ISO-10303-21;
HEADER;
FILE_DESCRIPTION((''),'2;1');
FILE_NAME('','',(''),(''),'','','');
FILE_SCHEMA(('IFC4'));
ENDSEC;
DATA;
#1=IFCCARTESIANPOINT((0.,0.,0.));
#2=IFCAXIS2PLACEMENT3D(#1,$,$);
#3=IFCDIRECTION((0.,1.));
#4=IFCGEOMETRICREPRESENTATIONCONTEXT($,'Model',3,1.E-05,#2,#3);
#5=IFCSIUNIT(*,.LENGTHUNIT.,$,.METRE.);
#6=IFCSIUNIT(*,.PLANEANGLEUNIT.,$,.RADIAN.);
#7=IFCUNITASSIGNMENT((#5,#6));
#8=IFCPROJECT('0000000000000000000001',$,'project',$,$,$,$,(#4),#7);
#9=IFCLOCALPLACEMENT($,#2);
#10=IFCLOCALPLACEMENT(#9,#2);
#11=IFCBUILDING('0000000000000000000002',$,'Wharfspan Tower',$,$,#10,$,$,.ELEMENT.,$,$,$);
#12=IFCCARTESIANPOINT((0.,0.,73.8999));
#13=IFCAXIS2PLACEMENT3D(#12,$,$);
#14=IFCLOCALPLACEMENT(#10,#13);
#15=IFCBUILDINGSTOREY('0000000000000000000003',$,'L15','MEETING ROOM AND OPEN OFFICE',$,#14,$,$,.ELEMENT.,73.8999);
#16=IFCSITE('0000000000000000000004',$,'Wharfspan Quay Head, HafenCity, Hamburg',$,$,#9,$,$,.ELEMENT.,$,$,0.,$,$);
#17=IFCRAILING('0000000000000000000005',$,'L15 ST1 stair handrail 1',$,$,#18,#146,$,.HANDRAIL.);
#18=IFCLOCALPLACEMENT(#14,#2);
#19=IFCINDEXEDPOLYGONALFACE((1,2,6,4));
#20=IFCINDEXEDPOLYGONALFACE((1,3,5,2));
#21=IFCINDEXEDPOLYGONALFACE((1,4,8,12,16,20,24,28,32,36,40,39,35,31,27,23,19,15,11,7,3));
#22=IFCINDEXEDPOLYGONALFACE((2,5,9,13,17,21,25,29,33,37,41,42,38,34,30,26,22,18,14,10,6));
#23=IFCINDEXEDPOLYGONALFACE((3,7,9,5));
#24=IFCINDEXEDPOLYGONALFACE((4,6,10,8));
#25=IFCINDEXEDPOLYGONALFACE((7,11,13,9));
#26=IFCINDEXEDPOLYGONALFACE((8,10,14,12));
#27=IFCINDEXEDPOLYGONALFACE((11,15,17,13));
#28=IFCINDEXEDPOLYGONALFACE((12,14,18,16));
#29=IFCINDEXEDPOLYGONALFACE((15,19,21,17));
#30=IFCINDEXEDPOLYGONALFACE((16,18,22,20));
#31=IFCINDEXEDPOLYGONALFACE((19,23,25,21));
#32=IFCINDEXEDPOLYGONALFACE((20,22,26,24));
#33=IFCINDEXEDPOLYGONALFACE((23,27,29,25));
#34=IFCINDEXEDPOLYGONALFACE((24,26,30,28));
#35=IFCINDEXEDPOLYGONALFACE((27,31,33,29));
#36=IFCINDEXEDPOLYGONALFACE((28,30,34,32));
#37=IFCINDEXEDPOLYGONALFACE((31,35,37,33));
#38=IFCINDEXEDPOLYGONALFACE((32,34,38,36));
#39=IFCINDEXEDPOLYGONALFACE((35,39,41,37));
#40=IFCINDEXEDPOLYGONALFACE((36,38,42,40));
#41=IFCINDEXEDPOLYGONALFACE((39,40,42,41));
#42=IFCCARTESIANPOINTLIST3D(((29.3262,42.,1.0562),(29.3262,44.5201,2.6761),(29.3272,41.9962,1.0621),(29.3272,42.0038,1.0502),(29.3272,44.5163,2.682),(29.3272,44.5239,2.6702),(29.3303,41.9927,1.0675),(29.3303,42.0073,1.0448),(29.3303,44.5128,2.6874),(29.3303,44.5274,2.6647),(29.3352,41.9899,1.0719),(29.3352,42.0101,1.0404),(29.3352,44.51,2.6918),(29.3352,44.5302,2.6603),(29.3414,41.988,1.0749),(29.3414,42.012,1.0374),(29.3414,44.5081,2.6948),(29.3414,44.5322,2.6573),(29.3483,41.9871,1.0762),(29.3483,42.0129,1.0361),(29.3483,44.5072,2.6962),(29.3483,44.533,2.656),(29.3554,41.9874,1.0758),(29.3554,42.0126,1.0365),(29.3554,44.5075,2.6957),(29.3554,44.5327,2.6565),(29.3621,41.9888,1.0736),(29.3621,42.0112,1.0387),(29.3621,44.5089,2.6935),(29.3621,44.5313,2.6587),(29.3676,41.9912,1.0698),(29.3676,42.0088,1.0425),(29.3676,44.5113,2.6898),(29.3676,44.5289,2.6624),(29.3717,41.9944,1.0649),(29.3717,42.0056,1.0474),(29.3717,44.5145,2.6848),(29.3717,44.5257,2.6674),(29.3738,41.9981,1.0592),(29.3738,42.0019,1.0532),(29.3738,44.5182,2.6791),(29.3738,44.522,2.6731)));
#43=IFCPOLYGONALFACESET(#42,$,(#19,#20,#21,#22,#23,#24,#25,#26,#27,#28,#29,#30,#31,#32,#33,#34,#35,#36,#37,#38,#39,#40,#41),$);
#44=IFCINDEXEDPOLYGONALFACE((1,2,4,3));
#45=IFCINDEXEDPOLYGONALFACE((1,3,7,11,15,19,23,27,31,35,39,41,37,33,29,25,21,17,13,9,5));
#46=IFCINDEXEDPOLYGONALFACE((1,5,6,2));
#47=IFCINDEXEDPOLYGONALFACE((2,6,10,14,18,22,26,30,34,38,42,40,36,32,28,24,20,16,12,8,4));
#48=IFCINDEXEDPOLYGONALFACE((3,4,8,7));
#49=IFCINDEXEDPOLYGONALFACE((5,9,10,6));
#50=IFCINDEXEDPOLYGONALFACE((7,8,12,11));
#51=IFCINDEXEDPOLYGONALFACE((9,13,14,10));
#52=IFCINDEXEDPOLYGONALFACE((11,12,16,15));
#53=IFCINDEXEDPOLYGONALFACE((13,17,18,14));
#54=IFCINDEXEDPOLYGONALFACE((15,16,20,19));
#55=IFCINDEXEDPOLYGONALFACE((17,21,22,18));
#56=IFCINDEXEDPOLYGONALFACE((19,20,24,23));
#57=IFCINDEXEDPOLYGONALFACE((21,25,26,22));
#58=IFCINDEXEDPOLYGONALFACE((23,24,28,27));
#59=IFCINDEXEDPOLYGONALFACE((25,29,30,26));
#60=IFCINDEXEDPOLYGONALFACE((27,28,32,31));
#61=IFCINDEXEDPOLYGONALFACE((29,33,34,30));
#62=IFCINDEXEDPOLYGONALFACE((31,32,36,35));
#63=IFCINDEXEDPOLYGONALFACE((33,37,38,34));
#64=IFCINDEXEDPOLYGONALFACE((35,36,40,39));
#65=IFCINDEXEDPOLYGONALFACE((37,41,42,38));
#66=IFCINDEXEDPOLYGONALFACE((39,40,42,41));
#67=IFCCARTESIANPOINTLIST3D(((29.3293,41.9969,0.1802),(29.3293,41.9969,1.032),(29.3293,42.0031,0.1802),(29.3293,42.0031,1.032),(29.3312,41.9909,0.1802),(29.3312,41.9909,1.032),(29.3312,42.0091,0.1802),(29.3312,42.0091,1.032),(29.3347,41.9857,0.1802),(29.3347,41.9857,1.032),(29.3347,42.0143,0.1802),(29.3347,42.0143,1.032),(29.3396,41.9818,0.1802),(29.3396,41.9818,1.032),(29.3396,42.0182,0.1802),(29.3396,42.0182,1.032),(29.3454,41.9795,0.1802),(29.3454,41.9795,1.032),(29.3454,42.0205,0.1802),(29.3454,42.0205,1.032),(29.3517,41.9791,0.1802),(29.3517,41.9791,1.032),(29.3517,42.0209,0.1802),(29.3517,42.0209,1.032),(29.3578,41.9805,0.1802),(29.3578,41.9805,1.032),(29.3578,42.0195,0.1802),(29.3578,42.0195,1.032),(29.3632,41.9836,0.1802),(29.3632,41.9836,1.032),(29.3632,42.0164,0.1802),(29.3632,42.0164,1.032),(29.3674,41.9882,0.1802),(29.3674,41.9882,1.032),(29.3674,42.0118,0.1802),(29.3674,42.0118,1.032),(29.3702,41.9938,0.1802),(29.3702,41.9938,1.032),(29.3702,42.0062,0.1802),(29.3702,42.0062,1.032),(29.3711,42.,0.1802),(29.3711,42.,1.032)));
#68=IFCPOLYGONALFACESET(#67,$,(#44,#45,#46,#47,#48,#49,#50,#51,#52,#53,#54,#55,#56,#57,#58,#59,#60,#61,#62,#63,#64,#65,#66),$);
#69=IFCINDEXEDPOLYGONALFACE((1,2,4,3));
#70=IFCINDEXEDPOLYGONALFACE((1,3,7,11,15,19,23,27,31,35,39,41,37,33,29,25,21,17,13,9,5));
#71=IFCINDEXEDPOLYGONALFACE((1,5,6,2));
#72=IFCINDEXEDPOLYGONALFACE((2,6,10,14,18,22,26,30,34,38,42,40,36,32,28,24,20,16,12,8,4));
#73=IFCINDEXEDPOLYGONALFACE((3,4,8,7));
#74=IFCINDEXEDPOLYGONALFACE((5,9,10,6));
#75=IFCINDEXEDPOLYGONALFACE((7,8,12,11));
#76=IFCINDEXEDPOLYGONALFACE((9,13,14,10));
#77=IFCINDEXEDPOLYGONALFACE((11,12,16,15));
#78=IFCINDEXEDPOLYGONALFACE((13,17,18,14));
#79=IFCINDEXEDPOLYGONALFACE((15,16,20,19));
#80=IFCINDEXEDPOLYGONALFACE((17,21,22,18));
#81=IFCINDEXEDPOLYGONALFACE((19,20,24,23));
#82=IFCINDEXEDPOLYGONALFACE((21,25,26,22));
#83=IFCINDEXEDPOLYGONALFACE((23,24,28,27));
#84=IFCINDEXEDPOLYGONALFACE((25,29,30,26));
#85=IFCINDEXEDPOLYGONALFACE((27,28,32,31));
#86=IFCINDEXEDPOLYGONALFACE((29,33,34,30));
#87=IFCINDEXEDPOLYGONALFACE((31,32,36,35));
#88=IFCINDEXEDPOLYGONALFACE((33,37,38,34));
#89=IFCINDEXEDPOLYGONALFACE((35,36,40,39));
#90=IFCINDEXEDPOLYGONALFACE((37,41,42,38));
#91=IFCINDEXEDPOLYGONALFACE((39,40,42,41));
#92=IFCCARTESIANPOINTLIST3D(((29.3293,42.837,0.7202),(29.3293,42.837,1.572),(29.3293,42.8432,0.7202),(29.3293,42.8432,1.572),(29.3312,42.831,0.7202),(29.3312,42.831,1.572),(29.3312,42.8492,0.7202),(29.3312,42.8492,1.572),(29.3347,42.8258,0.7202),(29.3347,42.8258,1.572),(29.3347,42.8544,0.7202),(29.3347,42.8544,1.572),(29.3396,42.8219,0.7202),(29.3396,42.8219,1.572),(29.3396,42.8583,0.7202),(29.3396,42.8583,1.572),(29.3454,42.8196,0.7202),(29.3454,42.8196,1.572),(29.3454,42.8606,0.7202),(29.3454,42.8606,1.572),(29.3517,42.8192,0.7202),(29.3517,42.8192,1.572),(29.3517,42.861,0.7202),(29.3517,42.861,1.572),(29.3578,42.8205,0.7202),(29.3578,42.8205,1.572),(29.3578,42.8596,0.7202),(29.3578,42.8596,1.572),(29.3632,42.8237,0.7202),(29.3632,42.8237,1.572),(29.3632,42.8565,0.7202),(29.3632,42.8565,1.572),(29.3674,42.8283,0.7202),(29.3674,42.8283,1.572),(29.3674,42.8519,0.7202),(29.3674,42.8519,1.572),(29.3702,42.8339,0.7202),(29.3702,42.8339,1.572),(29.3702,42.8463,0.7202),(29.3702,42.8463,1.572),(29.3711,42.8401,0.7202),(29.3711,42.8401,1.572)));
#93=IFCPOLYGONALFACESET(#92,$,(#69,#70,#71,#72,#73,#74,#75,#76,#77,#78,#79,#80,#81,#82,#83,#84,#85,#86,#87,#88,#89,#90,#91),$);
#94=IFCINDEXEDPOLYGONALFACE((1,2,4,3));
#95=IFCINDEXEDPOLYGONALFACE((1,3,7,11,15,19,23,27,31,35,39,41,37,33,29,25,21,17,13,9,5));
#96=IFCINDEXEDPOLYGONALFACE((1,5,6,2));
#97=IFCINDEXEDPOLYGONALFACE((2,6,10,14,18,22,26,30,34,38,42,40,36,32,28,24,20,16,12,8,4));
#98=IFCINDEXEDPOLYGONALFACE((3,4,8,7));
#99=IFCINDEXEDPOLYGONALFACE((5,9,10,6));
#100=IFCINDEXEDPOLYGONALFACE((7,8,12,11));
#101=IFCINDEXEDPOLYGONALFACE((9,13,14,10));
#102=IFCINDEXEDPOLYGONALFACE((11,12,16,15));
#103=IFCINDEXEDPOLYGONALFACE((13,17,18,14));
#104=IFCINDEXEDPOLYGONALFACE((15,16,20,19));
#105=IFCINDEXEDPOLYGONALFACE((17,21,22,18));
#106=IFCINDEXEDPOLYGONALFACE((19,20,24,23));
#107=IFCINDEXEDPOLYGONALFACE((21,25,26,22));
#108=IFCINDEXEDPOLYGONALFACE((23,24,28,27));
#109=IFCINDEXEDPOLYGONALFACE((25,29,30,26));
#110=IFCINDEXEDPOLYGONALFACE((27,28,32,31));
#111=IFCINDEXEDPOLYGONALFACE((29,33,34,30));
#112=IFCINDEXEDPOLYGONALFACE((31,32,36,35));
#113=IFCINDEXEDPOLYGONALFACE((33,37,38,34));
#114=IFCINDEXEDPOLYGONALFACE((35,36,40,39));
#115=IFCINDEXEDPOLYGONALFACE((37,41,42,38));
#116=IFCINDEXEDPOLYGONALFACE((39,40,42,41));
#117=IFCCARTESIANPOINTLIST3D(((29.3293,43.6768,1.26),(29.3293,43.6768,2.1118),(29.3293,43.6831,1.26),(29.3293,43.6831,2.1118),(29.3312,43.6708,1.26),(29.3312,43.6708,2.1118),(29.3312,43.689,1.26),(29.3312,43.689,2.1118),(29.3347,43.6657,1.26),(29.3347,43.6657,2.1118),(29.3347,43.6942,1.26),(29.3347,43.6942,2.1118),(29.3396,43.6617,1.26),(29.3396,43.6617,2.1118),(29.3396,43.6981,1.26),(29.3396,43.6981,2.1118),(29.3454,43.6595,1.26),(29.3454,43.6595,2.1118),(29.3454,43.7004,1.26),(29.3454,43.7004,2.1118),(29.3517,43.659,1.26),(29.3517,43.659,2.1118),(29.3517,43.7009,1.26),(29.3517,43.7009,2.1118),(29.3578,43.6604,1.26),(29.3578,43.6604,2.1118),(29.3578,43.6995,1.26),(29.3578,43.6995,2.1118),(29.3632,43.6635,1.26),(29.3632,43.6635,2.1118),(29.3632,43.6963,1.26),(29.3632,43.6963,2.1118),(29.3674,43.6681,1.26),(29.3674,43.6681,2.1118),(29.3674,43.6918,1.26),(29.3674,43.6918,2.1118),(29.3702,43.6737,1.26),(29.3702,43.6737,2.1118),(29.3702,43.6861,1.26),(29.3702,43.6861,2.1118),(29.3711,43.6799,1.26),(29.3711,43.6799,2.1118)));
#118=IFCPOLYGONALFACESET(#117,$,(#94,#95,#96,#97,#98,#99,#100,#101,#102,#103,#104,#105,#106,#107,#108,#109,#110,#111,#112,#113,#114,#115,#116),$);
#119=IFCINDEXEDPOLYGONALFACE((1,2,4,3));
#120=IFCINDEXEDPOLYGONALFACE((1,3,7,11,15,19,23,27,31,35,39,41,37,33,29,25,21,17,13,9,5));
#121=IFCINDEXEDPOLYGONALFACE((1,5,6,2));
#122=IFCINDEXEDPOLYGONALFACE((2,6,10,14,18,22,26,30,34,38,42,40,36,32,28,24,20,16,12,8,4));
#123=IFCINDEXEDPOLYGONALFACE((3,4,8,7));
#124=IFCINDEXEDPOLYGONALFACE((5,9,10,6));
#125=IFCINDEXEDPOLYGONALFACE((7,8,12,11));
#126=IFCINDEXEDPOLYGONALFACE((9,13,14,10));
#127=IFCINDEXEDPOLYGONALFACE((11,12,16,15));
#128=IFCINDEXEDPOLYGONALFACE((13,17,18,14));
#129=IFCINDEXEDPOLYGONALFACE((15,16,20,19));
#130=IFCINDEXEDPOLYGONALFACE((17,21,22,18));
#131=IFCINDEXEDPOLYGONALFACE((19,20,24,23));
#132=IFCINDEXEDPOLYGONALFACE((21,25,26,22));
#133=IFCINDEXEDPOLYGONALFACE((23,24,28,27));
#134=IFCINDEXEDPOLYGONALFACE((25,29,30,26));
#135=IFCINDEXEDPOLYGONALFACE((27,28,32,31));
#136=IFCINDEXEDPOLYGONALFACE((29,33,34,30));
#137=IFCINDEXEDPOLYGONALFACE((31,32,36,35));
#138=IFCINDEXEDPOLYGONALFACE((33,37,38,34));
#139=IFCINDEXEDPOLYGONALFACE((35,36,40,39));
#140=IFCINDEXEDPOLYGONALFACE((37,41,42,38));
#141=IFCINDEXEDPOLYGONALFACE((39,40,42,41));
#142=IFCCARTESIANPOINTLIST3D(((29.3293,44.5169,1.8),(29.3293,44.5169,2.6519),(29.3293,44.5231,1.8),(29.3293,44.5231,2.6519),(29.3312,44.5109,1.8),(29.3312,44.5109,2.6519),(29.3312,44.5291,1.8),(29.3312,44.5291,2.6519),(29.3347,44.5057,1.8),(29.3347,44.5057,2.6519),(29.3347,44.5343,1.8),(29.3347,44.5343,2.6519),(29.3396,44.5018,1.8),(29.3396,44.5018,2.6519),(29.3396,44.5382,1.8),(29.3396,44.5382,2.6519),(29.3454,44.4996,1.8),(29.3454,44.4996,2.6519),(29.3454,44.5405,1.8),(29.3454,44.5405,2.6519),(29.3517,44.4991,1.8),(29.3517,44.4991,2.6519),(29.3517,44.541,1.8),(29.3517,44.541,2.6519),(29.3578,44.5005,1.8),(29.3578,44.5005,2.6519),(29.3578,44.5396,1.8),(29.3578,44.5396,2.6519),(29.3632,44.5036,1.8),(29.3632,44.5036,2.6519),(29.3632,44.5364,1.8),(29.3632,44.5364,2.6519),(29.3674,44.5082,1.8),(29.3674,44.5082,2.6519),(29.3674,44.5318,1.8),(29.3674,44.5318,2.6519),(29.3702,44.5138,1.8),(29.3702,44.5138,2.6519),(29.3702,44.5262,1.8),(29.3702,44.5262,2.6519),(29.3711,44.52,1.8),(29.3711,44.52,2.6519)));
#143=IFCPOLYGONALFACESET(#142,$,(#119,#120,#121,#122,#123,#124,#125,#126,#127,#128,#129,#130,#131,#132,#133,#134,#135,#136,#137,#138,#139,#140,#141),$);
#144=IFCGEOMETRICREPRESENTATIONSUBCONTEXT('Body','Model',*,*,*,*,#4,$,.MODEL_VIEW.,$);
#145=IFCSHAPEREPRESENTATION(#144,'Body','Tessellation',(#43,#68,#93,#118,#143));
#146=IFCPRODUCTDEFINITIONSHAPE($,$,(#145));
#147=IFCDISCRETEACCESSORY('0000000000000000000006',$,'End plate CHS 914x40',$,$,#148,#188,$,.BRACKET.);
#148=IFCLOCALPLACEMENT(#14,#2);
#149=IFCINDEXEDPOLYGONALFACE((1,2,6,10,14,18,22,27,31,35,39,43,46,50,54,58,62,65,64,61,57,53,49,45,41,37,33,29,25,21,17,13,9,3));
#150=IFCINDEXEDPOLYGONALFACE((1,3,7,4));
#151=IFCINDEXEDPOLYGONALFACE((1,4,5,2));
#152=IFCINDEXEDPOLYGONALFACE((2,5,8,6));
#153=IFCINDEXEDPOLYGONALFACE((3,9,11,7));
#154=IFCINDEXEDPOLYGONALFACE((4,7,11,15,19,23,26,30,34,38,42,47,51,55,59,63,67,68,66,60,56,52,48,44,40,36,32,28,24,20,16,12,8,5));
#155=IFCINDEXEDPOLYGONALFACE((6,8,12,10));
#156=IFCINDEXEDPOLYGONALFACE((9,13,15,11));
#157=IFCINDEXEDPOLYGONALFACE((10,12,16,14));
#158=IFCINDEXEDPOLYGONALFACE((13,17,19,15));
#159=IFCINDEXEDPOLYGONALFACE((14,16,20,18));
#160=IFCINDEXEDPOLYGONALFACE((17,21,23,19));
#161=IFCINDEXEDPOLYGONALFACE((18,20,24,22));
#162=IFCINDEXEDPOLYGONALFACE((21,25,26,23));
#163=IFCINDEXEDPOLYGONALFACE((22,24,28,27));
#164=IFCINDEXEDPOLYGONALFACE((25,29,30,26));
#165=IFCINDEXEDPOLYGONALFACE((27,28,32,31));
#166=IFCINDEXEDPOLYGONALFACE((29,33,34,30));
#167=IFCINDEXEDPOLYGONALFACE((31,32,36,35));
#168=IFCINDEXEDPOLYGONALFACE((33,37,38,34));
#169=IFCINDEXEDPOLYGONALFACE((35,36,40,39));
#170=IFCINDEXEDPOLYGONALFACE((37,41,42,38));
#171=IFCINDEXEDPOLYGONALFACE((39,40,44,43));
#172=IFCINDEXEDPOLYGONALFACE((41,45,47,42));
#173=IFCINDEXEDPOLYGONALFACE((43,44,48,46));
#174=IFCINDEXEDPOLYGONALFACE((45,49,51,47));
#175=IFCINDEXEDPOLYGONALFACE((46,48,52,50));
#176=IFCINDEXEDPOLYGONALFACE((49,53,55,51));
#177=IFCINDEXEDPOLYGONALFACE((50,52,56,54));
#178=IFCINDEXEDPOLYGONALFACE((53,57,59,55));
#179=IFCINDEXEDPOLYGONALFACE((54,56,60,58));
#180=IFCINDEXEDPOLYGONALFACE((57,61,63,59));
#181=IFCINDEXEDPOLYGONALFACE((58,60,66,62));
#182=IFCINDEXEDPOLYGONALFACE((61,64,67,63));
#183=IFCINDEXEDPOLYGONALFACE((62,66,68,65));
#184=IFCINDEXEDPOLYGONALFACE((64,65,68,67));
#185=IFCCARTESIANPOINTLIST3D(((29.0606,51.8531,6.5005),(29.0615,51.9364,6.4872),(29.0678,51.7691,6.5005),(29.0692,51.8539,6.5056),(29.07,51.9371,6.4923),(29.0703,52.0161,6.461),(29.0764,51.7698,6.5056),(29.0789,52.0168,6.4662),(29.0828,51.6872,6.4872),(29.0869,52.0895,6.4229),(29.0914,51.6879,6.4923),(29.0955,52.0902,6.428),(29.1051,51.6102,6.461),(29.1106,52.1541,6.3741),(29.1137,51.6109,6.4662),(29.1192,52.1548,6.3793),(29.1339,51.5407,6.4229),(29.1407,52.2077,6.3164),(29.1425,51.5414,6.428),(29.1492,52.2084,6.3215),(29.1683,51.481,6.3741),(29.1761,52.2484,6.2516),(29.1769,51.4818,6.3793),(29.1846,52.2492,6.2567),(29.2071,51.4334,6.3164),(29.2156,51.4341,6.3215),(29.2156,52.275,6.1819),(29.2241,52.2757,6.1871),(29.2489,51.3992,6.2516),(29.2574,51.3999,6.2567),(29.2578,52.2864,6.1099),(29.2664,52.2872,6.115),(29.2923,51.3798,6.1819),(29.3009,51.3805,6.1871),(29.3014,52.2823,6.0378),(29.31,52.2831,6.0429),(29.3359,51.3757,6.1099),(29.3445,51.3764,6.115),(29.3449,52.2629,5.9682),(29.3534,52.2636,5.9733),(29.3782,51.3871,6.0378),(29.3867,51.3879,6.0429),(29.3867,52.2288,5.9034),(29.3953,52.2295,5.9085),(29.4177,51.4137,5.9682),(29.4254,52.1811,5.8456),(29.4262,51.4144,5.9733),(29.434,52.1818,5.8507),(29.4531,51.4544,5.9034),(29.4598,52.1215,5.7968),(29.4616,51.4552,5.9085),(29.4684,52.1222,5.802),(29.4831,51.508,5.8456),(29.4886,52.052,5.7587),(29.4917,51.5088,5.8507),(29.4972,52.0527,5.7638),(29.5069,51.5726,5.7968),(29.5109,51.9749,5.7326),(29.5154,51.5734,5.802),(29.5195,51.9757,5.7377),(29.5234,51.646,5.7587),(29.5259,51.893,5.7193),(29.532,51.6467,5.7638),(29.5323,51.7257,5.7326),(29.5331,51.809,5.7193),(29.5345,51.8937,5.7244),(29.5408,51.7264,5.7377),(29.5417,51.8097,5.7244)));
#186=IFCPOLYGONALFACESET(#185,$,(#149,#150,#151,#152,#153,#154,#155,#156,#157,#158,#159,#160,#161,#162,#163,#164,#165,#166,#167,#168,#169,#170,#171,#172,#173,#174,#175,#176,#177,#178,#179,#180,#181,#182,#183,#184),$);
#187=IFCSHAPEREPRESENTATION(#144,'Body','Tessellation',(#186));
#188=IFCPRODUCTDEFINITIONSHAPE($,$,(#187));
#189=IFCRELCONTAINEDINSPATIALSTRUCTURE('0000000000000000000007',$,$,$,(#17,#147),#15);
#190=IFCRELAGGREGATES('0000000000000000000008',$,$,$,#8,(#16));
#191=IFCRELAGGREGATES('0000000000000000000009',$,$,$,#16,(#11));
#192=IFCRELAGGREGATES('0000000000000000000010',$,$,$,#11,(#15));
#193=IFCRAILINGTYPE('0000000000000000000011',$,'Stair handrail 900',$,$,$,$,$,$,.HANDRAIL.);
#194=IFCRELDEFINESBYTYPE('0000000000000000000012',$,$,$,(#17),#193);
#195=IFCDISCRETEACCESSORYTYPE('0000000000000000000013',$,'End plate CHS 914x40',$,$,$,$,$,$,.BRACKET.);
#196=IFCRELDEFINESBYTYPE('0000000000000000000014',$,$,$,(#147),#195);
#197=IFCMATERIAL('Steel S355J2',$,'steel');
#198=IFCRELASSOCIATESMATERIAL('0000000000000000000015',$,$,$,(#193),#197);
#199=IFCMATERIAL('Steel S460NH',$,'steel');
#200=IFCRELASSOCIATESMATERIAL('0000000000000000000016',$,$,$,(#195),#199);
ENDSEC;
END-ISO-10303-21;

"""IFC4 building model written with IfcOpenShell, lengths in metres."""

from ifc_helpers import new_model, si_unit, direction, frame, origin, origin_2d, place, context, subcontext, project, spatial, circle, extrude, material, material_profile, profile_set, type_object, element, save


model = new_model("IFC4")

# Units and contexts
model_context = context("Model", 3, precision=1e-05, world=origin(), true_north=direction((0.0, 1.0)))
body_context = subcontext(model_context, "Body", "Model", "MODEL_VIEW")
ifc_project = project(units=[si_unit("LENGTHUNIT", "METRE"), si_unit("PLANEANGLEUNIT", "RADIAN")], contexts=[model_context])

# Site, building, storey
site_placement = place(None, origin())
site = spatial("IfcSite", under=ifc_project, at=site_placement, Name="Wharfspan Quay Head, HafenCity, Hamburg", CompositionType="ELEMENT", RefElevation=0.0)
building_placement = place(site_placement, origin())
building = spatial("IfcBuilding", under=site, at=building_placement, Name="Wharfspan Tower", CompositionType="ELEMENT")
storey_placement = place(building_placement, frame((0.0, 0.0, 73.8999)))
storey = spatial("IfcBuildingStorey", under=building, at=storey_placement, Name="L15", Description="MEETING ROOM AND OPEN OFFICE", CompositionType="ELEMENT", Elevation=73.8999)

# Shared definitions
ifc_material_1 = material(Name="Steel S355J2", Category="steel")

# Shared definitions
ifc_material_2 = material(Name="Steel S460NH", Category="steel")

# Railing
railing_type_1 = type_object("IfcRailingType", Name="Stair handrail 900", PredefinedType="HANDRAIL", material=ifc_material_1)
railing_1_placement = place(storey_placement, frame((29.3501, 42.0, 0.1802)))
element("IfcRailing", 1, at=railing_1_placement, inside=storey, type_object=railing_type_1, Name="L15 ST1 stair handrail 1", PredefinedType="HANDRAIL", context=body_context, shape_type="SweptSolid", body=[
    extrude(circle(Radius=0.0239, at=origin_2d()), frame((0.0, 0.0, 0.876), z_axis=(0.0, 0.8412, 0.540725), x_axis=(-1.0, 0.0, 0.0)), (0.0, 0.0, 1.0), 2.9958),
    extrude(circle(Radius=0.021, at=origin_2d()), origin(), (0.0, 0.0, 1.0), 0.8518),
    extrude(circle(Radius=0.021, at=origin_2d()), frame((0.0, 0.8401, 0.54)), (0.0, 0.0, 1.0), 0.8518),
    extrude(circle(Radius=0.021, at=origin_2d()), frame((0.0, 1.6799, 1.0798)), (0.0, 0.0, 1.0), 0.8518),
    extrude(circle(Radius=0.021, at=origin_2d()), frame((0.0, 2.52, 1.6199)), (0.0, 0.0, 1.0), 0.8518),
])

# Discrete accessory
ifc_material_profile_1 = material_profile(ifc_material_2, circle(Radius=0.457, at=origin_2d()))
ifc_profile_set_1 = profile_set([ifc_material_profile_1], Name="Steel S460NH")
discrete_accessory_type = type_object("IfcDiscreteAccessoryType", Name="End plate CHS 914x40", PredefinedType="BRACKET", material=ifc_profile_set_1)
for number, where, z_axis, x_axis, name in (
    (2, (29.2969, 51.8311, 6.1099), (0.855186, 0.073302, 0.513112), (-0.085402, 0.996345, 0.000001), "End plate CHS 914x40"),
):
    element("IfcDiscreteAccessory", number, at=place(storey_placement, frame(where, z_axis=z_axis, x_axis=x_axis)), inside=storey, type_object=discrete_accessory_type, Name=name, PredefinedType="BRACKET", context=body_context, shape_type="SweptSolid", body=[
        extrude(circle(Radius=0.457, at=origin_2d()), origin(), (0.0, 0.0, 1.0), 0.01),
    ])

save(model, "model.ifc")
